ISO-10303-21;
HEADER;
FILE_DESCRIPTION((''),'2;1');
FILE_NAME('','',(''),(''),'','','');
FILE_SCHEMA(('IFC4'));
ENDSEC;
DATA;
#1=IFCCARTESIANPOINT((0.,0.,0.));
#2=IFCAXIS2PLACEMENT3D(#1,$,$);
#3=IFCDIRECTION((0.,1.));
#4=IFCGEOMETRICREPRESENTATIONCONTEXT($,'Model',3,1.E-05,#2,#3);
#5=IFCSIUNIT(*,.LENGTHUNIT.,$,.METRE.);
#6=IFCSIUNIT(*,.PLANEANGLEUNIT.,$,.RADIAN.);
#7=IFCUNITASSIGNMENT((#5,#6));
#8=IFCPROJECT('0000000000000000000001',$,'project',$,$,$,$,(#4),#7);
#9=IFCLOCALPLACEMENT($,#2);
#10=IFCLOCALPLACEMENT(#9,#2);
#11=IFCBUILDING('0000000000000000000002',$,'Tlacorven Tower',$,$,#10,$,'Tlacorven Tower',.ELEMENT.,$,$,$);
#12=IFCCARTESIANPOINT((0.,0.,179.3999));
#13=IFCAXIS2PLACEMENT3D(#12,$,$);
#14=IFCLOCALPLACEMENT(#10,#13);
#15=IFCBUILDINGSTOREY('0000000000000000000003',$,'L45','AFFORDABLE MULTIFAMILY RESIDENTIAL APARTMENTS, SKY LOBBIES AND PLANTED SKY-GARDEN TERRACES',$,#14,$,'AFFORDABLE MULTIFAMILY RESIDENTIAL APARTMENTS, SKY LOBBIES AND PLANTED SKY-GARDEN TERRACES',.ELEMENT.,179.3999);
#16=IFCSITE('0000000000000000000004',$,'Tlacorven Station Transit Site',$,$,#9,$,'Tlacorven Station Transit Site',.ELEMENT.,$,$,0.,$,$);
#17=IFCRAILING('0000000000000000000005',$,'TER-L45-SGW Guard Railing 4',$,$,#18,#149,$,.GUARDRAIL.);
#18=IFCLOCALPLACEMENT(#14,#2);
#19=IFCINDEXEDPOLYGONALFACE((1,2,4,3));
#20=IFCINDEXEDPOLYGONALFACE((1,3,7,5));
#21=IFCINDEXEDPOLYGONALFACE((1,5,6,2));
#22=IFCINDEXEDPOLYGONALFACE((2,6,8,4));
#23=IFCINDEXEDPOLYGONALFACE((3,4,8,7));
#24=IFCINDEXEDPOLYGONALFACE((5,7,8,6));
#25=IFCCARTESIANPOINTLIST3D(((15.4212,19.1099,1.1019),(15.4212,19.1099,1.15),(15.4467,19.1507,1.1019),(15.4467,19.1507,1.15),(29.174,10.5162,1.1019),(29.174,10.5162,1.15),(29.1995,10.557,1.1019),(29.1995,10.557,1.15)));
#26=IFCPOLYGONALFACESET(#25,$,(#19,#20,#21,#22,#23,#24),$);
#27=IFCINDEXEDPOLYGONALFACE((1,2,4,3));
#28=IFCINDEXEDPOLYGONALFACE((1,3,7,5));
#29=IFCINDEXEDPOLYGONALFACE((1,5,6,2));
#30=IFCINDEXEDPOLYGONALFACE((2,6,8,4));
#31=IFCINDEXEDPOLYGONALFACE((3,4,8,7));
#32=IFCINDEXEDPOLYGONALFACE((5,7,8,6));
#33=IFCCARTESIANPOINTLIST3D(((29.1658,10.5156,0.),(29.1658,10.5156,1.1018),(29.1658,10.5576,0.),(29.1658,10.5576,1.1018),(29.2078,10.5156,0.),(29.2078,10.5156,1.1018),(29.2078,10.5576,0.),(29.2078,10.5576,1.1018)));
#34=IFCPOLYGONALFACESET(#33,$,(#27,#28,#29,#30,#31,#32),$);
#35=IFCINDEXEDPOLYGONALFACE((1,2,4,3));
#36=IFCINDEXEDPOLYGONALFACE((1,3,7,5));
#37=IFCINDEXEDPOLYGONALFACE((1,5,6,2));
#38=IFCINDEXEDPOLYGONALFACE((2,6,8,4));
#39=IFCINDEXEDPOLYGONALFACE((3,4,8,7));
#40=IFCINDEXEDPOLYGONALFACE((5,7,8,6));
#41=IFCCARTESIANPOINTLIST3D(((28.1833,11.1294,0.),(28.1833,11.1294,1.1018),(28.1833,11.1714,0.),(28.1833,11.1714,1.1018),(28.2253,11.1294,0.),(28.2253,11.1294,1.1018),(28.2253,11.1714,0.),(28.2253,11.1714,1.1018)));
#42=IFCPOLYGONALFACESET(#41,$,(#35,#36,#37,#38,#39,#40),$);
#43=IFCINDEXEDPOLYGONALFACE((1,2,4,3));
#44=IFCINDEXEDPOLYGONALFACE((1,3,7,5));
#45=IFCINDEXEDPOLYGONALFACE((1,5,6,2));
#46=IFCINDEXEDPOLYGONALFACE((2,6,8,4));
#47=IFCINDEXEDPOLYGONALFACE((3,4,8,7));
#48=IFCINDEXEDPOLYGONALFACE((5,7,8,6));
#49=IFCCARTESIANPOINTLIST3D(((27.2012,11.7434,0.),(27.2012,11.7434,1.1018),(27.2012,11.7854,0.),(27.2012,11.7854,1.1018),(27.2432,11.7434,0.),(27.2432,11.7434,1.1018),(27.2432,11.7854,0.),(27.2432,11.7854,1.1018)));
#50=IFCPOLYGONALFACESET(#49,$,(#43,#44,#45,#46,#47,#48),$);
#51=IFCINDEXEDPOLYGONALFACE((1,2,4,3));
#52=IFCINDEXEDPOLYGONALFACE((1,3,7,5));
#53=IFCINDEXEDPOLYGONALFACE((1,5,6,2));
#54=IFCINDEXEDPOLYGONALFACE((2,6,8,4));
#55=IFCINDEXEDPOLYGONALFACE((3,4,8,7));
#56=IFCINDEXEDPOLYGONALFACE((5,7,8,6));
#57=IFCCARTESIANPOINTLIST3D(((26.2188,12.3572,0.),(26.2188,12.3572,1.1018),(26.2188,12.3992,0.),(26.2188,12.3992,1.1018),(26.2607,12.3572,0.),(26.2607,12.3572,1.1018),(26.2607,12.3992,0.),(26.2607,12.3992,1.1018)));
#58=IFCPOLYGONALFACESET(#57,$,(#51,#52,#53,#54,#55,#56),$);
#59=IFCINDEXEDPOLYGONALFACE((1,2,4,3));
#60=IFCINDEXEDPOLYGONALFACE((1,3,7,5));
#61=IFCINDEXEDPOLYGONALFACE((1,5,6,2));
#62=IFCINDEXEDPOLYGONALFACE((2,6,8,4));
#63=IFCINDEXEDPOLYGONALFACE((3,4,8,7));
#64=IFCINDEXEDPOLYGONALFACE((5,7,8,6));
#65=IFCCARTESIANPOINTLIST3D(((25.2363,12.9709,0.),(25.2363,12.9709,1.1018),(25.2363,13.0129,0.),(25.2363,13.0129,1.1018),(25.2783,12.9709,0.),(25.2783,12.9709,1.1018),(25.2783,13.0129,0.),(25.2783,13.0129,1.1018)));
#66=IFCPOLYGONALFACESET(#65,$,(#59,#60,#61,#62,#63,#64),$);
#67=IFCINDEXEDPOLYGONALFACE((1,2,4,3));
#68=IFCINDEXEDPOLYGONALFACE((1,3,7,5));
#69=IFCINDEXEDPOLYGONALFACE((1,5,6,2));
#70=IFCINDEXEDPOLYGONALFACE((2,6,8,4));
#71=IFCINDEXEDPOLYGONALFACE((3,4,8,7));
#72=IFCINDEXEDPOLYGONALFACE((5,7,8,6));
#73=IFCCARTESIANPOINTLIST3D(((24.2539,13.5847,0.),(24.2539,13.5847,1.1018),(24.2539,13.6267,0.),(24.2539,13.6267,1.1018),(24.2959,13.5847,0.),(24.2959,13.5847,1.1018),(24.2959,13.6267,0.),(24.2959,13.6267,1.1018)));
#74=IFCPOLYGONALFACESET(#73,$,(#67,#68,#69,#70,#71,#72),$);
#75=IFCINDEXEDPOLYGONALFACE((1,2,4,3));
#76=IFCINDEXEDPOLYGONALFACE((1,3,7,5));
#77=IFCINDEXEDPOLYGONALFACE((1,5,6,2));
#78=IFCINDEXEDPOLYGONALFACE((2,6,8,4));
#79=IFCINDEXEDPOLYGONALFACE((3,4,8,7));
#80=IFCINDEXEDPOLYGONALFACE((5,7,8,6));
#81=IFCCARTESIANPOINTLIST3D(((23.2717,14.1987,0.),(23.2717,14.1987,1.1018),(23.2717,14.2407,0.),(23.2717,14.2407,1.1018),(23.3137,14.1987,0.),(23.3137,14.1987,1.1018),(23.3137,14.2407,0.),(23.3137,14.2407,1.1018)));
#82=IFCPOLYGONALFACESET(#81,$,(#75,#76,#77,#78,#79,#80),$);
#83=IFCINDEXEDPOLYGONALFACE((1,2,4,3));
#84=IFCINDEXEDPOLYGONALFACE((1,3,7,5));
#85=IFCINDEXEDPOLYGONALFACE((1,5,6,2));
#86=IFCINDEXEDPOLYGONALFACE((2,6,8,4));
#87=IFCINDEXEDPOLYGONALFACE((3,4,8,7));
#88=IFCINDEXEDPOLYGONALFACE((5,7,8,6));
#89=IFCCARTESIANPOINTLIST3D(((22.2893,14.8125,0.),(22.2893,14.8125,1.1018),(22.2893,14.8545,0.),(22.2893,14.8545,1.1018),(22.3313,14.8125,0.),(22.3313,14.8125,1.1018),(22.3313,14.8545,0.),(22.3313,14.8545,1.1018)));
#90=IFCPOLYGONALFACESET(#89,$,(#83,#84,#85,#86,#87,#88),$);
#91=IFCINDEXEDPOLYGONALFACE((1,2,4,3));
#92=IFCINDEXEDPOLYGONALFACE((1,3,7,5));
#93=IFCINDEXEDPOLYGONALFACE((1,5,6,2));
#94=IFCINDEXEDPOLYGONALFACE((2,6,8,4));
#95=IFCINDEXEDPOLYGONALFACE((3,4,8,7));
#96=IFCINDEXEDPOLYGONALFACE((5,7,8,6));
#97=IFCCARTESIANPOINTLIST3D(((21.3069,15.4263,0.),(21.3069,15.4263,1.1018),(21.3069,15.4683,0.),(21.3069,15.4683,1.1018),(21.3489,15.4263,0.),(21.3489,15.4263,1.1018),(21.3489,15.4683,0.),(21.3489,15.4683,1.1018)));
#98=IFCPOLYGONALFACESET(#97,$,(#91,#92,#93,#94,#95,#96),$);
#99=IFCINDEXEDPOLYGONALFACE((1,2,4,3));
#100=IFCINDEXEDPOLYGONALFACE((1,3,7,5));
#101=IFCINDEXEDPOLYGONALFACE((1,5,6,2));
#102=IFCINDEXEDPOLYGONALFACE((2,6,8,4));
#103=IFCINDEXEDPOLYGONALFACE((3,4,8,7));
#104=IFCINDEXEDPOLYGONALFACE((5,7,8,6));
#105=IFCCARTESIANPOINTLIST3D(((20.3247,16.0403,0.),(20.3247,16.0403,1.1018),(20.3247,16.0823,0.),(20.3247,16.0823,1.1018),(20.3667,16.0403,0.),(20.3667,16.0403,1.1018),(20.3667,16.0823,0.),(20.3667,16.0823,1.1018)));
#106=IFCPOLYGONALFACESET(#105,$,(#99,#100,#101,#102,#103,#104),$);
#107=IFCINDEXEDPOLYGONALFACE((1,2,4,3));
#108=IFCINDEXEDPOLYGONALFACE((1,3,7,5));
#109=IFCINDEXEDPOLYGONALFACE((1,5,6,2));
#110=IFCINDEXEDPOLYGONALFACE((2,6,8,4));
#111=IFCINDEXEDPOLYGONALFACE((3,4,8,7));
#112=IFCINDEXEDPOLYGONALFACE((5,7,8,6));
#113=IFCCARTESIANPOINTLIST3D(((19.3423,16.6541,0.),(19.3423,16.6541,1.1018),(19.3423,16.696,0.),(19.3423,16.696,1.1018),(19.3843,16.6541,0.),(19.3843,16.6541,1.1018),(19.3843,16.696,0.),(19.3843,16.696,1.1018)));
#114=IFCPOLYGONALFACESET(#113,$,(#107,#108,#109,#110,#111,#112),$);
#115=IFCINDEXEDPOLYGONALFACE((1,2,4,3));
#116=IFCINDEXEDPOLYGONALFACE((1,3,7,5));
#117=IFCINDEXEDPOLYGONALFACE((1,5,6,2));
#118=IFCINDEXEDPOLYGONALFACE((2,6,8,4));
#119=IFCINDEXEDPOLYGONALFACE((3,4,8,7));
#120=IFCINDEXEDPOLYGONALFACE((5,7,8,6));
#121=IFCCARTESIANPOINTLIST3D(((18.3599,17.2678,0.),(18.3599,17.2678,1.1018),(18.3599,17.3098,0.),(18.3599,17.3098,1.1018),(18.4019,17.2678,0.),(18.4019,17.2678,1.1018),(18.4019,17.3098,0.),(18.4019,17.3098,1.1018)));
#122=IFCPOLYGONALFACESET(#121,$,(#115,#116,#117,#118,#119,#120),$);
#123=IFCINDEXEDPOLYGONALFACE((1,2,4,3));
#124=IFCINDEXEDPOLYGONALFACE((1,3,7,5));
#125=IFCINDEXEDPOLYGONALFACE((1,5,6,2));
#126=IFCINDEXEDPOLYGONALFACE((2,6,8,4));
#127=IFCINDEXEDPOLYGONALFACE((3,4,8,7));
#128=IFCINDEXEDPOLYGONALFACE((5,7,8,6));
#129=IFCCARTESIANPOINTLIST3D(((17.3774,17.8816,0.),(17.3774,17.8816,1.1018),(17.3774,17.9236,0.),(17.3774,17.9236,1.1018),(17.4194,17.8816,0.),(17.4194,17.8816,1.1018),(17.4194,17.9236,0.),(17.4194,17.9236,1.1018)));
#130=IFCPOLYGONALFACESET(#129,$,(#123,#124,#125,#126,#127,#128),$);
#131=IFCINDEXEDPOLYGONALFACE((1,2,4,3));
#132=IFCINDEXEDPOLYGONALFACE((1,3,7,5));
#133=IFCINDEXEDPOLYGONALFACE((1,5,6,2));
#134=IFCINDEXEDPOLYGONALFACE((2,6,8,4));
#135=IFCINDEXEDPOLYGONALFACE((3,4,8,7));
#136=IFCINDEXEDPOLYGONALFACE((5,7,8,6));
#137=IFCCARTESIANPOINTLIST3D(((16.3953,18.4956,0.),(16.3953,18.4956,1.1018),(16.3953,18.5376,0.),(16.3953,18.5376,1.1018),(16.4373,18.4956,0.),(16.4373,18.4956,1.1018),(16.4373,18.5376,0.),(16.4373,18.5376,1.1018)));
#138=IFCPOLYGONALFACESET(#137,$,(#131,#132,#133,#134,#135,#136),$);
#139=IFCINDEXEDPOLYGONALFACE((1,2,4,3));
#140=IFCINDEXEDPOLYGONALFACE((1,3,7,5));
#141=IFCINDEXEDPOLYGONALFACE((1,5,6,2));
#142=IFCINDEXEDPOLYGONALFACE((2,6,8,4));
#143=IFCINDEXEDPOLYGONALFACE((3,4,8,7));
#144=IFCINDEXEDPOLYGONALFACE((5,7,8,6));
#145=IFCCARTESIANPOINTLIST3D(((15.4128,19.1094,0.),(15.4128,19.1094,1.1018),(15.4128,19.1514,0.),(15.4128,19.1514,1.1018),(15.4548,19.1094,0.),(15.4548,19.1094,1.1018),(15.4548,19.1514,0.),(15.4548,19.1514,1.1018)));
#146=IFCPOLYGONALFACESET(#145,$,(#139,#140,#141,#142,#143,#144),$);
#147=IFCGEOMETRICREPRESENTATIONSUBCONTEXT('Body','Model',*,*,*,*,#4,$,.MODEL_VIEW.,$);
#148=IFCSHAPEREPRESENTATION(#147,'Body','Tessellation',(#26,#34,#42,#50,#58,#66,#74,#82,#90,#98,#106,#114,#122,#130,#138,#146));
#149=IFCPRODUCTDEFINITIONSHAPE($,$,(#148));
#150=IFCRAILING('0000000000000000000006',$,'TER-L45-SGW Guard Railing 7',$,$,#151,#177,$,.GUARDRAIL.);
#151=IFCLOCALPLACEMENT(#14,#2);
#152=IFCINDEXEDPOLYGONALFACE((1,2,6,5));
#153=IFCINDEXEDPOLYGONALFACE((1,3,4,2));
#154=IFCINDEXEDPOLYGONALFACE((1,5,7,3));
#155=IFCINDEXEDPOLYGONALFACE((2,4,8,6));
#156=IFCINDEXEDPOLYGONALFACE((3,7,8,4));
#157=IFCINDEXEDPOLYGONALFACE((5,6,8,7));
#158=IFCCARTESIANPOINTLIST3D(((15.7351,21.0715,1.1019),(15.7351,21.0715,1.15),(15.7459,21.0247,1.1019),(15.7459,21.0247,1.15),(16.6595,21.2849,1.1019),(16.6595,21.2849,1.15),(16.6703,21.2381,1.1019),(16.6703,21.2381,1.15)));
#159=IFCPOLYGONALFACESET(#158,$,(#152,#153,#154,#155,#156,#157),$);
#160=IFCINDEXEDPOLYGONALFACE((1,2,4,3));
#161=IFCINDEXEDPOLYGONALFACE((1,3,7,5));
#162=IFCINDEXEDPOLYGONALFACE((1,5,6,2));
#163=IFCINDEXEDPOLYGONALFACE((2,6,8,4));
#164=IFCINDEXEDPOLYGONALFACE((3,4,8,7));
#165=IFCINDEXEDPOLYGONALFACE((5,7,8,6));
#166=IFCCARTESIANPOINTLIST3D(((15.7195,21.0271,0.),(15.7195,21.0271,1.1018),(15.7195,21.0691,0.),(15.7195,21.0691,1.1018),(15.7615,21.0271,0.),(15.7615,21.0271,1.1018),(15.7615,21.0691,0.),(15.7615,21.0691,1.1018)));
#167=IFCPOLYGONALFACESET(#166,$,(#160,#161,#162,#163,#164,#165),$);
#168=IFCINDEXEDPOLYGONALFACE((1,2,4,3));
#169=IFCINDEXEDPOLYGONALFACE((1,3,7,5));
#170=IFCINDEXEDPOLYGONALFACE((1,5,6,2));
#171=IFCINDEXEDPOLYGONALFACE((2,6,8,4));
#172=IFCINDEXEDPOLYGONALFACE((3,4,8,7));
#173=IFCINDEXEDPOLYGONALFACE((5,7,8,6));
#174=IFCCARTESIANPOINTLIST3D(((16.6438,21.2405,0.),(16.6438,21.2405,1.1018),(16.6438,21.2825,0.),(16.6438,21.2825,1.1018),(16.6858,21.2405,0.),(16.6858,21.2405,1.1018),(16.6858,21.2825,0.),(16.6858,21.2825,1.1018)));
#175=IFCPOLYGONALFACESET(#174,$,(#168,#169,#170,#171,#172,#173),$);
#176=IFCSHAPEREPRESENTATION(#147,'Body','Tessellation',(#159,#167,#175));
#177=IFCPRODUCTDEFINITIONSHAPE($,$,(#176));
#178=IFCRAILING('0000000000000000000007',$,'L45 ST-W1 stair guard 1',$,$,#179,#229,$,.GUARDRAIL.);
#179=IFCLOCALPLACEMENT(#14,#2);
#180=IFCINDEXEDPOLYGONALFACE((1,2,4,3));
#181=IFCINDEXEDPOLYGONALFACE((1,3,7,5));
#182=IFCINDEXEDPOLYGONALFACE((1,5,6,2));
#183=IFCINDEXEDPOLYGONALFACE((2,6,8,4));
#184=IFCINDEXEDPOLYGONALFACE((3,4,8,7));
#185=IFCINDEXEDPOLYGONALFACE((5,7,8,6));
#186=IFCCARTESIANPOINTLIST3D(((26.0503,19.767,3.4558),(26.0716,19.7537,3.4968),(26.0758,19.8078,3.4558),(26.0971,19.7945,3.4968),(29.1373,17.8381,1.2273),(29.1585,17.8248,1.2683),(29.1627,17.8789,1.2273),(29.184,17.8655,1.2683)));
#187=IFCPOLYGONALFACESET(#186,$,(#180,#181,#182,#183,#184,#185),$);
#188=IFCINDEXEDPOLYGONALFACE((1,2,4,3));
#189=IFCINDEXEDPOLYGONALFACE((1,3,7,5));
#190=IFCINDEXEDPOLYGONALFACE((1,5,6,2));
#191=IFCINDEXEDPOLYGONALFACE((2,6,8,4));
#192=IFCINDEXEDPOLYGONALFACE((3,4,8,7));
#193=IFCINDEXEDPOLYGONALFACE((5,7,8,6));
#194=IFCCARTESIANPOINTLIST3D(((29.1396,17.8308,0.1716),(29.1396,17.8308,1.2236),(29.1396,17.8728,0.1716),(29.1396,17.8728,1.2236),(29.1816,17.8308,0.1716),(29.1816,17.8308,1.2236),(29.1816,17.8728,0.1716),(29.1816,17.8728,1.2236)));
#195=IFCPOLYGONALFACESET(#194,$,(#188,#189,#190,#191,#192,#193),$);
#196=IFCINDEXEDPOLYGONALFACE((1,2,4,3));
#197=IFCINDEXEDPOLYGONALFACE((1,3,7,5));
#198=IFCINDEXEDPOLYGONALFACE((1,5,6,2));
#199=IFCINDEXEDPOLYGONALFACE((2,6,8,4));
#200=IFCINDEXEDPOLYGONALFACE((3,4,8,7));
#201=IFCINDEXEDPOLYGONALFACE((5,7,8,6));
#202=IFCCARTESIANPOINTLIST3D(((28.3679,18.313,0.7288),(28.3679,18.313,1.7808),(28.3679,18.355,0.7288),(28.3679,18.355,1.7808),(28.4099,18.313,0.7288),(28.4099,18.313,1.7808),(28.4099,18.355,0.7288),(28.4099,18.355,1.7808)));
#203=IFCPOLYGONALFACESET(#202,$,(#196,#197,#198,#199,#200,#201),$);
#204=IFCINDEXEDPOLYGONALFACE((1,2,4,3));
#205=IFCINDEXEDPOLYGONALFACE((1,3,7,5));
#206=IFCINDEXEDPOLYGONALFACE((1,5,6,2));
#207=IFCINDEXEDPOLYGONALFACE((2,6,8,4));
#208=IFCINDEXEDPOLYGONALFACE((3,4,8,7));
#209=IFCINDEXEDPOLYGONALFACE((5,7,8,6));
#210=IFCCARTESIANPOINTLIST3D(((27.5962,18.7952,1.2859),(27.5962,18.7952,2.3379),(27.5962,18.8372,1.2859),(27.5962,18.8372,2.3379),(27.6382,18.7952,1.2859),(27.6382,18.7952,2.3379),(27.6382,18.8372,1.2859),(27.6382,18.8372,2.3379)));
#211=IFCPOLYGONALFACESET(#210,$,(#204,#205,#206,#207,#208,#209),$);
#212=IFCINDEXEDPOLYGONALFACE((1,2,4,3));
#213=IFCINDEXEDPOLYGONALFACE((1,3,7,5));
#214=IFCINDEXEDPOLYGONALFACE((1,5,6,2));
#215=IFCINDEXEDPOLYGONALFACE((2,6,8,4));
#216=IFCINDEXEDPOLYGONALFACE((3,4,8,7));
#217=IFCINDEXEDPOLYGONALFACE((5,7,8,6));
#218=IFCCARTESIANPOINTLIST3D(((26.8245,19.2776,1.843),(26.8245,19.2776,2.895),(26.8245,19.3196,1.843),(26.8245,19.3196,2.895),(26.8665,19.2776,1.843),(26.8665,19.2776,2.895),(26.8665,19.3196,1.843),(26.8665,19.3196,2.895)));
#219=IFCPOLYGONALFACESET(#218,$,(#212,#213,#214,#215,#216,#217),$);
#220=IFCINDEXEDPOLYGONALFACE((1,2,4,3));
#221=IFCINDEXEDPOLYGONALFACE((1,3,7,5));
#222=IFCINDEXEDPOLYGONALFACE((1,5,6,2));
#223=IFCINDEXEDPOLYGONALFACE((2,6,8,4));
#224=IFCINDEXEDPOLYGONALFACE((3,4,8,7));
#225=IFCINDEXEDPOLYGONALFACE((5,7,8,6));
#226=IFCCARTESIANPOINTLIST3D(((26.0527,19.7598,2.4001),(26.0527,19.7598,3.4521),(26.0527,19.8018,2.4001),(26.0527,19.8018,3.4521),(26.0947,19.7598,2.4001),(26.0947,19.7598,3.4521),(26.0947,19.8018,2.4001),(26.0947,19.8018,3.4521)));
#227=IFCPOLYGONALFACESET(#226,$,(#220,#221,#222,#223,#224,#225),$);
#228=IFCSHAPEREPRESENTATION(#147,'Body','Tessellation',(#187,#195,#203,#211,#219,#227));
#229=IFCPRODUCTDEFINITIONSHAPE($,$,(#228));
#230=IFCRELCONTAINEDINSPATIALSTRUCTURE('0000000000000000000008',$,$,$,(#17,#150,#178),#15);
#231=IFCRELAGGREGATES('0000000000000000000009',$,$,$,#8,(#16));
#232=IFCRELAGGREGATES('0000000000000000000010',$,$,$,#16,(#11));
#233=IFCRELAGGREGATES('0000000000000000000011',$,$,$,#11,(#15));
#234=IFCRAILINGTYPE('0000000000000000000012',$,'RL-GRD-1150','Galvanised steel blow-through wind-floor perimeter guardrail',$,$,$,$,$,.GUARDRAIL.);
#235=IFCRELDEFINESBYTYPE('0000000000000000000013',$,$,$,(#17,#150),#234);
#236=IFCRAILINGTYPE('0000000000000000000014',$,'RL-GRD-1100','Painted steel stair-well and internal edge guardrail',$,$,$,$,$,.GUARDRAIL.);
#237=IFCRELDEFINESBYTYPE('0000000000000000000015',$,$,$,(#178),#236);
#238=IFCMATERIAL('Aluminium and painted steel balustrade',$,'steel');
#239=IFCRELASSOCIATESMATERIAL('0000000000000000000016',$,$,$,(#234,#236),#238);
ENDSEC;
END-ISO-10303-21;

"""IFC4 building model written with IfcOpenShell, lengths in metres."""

from ifc_helpers import new_model, si_unit, direction, frame, origin, origin_2d, place, context, subcontext, project, spatial, rectangle, extrude, source, transform, mapped, material, type_object, element, save


model = new_model("IFC4")

# Units and contexts
model_context = context("Model", 3, precision=1e-05, world=origin(), true_north=direction((0.0, 1.0)))
body_context = subcontext(model_context, "Body", "Model", "MODEL_VIEW")
ifc_project = project(units=[si_unit("LENGTHUNIT", "METRE"), si_unit("PLANEANGLEUNIT", "RADIAN")], contexts=[model_context])

# Site, building, storey
site_placement = place(None, origin())
site = spatial("IfcSite", under=ifc_project, at=site_placement, Name="Tlacorven Station Transit Site", LongName="Tlacorven Station Transit Site", CompositionType="ELEMENT", RefElevation=0.0)
building_placement = place(site_placement, origin())
building = spatial("IfcBuilding", under=site, at=building_placement, Name="Tlacorven Tower", LongName="Tlacorven Tower", CompositionType="ELEMENT")
storey_placement = place(building_placement, frame((0.0, 0.0, 179.3999)))
storey = spatial("IfcBuildingStorey", under=building, at=storey_placement, Name="L45", Description="AFFORDABLE MULTIFAMILY RESIDENTIAL APARTMENTS, SKY LOBBIES AND PLANTED SKY-GARDEN TERRACES", LongName="AFFORDABLE MULTIFAMILY RESIDENTIAL APARTMENTS, SKY LOBBIES AND PLANTED SKY-GARDEN TERRACES", CompositionType="ELEMENT", Elevation=179.3999)

# Railings
ifc_material_1 = material(Name="Aluminium and painted steel balustrade", Category="steel")
railing_type_1 = type_object("IfcRailingType", Name="RL-GRD-1150", Description="Galvanised steel blow-through wind-floor perimeter guardrail", PredefinedType="GUARDRAIL", material=ifc_material_1)
shared_shape_1 = source(origin(), body_context, "Body", "SweptSolid", [
    extrude(rectangle(XDim=0.0481, YDim=0.0481, at=origin_2d()), frame((0.0, 0.0, 1.126), z_axis=(-0.848049, 0.529918, 0.0), x_axis=(-0.529918, -0.848049, 0.0)), (0.0, 0.0, 1.0), 16.217),
    extrude(rectangle(XDim=0.042, YDim=0.042, at=origin_2d()), origin(), (0.0, 0.0, 1.0), 1.1018),
    extrude(rectangle(XDim=0.042, YDim=0.042, at=origin_2d()), frame((-0.9824, 0.6138, 0.0)), (0.0, 0.0, 1.0), 1.1018),
    extrude(rectangle(XDim=0.042, YDim=0.042, at=origin_2d()), frame((-1.9646, 1.2278, 0.0)), (0.0, 0.0, 1.0), 1.1018),
    extrude(rectangle(XDim=0.042, YDim=0.042, at=origin_2d()), frame((-2.947, 1.8416, 0.0)), (0.0, 0.0, 1.0), 1.1018),
    extrude(rectangle(XDim=0.042, YDim=0.042, at=origin_2d()), frame((-3.9294, 2.4553, 0.0)), (0.0, 0.0, 1.0), 1.1018),
    extrude(rectangle(XDim=0.042, YDim=0.042, at=origin_2d()), frame((-4.9119, 3.0691, 0.0)), (0.0, 0.0, 1.0), 1.1018),
    extrude(rectangle(XDim=0.042, YDim=0.042, at=origin_2d()), frame((-5.894, 3.6831, 0.0)), (0.0, 0.0, 1.0), 1.1018),
    extrude(rectangle(XDim=0.042, YDim=0.042, at=origin_2d()), frame((-6.8765, 4.2969, 0.0)), (0.0, 0.0, 1.0), 1.1018),
    extrude(rectangle(XDim=0.042, YDim=0.042, at=origin_2d()), frame((-7.8589, 4.9106, 0.0)), (0.0, 0.0, 1.0), 1.1018),
    extrude(rectangle(XDim=0.042, YDim=0.042, at=origin_2d()), frame((-8.8411, 5.5247, 0.0)), (0.0, 0.0, 1.0), 1.1018),
    extrude(rectangle(XDim=0.042, YDim=0.042, at=origin_2d()), frame((-9.8235, 6.1384, 0.0)), (0.0, 0.0, 1.0), 1.1018),
    extrude(rectangle(XDim=0.042, YDim=0.042, at=origin_2d()), frame((-10.8059, 6.7522, 0.0)), (0.0, 0.0, 1.0), 1.1018),
    extrude(rectangle(XDim=0.042, YDim=0.042, at=origin_2d()), frame((-11.7883, 7.366, 0.0)), (0.0, 0.0, 1.0), 1.1018),
    extrude(rectangle(XDim=0.042, YDim=0.042, at=origin_2d()), frame((-12.7705, 7.98, 0.0)), (0.0, 0.0, 1.0), 1.1018),
    extrude(rectangle(XDim=0.042, YDim=0.042, at=origin_2d()), frame((-13.7529, 8.5938, 0.0)), (0.0, 0.0, 1.0), 1.1018),
])
railing_1_placement = place(storey_placement, frame((29.1868, 10.5366, 0.0)))
element("IfcRailing", 1, at=railing_1_placement, inside=storey, type_object=railing_type_1, Name="TER-L45-SGW Guard Railing 4", PredefinedType="GUARDRAIL", context=body_context, shape_type="MappedRepresentation", body=[
    mapped(shared_shape_1, transform((0.0, 0.0, 0.0), scale=1.0)),
])
shared_shape_2 = source(origin(), body_context, "Body", "SweptSolid", [
    extrude(rectangle(XDim=0.0481, YDim=0.0481, at=origin_2d()), frame((0.0, 0.0, 1.126), z_axis=(0.974374, 0.224935, 0.0), x_axis=(-0.224935, 0.974374, 0.0)), (0.0, 0.0, 1.0), 0.9487),
    extrude(rectangle(XDim=0.042, YDim=0.042, at=origin_2d()), origin(), (0.0, 0.0, 1.0), 1.1018),
    extrude(rectangle(XDim=0.042, YDim=0.042, at=origin_2d()), frame((0.9243, 0.2134, 0.0)), (0.0, 0.0, 1.0), 1.1018),
])
railing_2_placement = place(storey_placement, frame((15.7405, 21.0481, 0.0)))
element("IfcRailing", 2, at=railing_2_placement, inside=storey, type_object=railing_type_1, Name="TER-L45-SGW Guard Railing 7", PredefinedType="GUARDRAIL", context=body_context, shape_type="MappedRepresentation", body=[
    mapped(shared_shape_2, transform((0.0, 0.0, 0.0), scale=1.0)),
])
railing_type_2 = type_object("IfcRailingType", Name="RL-GRD-1100", Description="Painted steel stair-well and internal edge guardrail", PredefinedType="GUARDRAIL", material=ifc_material_1)
shared_shape_3 = source(origin(), body_context, "Body", "SweptSolid", [
    extrude(rectangle(XDim=0.0481, YDim=0.0481, at=origin_2d()), frame((0.0, 0.0, 1.0762), z_axis=(-0.723262, 0.451953, 0.52214), x_axis=(-0.529927, -0.848044, 0.0)), (0.0, 0.0, 1.0), 4.2681),
    extrude(rectangle(XDim=0.042, YDim=0.042, at=origin_2d()), origin(), (0.0, 0.0, 1.0), 1.052),
    extrude(rectangle(XDim=0.042, YDim=0.042, at=origin_2d()), frame((-0.7717, 0.4822, 0.5571)), (0.0, 0.0, 1.0), 1.052),
    extrude(rectangle(XDim=0.042, YDim=0.042, at=origin_2d()), frame((-1.5435, 0.9644, 1.1143)), (0.0, 0.0, 1.0), 1.052),
    extrude(rectangle(XDim=0.042, YDim=0.042, at=origin_2d()), frame((-2.3152, 1.4468, 1.6714)), (0.0, 0.0, 1.0), 1.052),
    extrude(rectangle(XDim=0.042, YDim=0.042, at=origin_2d()), frame((-3.0869, 1.929, 2.2285)), (0.0, 0.0, 1.0), 1.052),
])
railing_3_placement = place(storey_placement, frame((29.1606, 17.8518, 0.1716)))
element("IfcRailing", 3, at=railing_3_placement, inside=storey, type_object=railing_type_2, Name="L45 ST-W1 stair guard 1", PredefinedType="GUARDRAIL", context=body_context, shape_type="MappedRepresentation", body=[
    mapped(shared_shape_3, transform((0.0, 0.0, 0.0), scale=1.0)),
])

save(model, "model.ifc")
